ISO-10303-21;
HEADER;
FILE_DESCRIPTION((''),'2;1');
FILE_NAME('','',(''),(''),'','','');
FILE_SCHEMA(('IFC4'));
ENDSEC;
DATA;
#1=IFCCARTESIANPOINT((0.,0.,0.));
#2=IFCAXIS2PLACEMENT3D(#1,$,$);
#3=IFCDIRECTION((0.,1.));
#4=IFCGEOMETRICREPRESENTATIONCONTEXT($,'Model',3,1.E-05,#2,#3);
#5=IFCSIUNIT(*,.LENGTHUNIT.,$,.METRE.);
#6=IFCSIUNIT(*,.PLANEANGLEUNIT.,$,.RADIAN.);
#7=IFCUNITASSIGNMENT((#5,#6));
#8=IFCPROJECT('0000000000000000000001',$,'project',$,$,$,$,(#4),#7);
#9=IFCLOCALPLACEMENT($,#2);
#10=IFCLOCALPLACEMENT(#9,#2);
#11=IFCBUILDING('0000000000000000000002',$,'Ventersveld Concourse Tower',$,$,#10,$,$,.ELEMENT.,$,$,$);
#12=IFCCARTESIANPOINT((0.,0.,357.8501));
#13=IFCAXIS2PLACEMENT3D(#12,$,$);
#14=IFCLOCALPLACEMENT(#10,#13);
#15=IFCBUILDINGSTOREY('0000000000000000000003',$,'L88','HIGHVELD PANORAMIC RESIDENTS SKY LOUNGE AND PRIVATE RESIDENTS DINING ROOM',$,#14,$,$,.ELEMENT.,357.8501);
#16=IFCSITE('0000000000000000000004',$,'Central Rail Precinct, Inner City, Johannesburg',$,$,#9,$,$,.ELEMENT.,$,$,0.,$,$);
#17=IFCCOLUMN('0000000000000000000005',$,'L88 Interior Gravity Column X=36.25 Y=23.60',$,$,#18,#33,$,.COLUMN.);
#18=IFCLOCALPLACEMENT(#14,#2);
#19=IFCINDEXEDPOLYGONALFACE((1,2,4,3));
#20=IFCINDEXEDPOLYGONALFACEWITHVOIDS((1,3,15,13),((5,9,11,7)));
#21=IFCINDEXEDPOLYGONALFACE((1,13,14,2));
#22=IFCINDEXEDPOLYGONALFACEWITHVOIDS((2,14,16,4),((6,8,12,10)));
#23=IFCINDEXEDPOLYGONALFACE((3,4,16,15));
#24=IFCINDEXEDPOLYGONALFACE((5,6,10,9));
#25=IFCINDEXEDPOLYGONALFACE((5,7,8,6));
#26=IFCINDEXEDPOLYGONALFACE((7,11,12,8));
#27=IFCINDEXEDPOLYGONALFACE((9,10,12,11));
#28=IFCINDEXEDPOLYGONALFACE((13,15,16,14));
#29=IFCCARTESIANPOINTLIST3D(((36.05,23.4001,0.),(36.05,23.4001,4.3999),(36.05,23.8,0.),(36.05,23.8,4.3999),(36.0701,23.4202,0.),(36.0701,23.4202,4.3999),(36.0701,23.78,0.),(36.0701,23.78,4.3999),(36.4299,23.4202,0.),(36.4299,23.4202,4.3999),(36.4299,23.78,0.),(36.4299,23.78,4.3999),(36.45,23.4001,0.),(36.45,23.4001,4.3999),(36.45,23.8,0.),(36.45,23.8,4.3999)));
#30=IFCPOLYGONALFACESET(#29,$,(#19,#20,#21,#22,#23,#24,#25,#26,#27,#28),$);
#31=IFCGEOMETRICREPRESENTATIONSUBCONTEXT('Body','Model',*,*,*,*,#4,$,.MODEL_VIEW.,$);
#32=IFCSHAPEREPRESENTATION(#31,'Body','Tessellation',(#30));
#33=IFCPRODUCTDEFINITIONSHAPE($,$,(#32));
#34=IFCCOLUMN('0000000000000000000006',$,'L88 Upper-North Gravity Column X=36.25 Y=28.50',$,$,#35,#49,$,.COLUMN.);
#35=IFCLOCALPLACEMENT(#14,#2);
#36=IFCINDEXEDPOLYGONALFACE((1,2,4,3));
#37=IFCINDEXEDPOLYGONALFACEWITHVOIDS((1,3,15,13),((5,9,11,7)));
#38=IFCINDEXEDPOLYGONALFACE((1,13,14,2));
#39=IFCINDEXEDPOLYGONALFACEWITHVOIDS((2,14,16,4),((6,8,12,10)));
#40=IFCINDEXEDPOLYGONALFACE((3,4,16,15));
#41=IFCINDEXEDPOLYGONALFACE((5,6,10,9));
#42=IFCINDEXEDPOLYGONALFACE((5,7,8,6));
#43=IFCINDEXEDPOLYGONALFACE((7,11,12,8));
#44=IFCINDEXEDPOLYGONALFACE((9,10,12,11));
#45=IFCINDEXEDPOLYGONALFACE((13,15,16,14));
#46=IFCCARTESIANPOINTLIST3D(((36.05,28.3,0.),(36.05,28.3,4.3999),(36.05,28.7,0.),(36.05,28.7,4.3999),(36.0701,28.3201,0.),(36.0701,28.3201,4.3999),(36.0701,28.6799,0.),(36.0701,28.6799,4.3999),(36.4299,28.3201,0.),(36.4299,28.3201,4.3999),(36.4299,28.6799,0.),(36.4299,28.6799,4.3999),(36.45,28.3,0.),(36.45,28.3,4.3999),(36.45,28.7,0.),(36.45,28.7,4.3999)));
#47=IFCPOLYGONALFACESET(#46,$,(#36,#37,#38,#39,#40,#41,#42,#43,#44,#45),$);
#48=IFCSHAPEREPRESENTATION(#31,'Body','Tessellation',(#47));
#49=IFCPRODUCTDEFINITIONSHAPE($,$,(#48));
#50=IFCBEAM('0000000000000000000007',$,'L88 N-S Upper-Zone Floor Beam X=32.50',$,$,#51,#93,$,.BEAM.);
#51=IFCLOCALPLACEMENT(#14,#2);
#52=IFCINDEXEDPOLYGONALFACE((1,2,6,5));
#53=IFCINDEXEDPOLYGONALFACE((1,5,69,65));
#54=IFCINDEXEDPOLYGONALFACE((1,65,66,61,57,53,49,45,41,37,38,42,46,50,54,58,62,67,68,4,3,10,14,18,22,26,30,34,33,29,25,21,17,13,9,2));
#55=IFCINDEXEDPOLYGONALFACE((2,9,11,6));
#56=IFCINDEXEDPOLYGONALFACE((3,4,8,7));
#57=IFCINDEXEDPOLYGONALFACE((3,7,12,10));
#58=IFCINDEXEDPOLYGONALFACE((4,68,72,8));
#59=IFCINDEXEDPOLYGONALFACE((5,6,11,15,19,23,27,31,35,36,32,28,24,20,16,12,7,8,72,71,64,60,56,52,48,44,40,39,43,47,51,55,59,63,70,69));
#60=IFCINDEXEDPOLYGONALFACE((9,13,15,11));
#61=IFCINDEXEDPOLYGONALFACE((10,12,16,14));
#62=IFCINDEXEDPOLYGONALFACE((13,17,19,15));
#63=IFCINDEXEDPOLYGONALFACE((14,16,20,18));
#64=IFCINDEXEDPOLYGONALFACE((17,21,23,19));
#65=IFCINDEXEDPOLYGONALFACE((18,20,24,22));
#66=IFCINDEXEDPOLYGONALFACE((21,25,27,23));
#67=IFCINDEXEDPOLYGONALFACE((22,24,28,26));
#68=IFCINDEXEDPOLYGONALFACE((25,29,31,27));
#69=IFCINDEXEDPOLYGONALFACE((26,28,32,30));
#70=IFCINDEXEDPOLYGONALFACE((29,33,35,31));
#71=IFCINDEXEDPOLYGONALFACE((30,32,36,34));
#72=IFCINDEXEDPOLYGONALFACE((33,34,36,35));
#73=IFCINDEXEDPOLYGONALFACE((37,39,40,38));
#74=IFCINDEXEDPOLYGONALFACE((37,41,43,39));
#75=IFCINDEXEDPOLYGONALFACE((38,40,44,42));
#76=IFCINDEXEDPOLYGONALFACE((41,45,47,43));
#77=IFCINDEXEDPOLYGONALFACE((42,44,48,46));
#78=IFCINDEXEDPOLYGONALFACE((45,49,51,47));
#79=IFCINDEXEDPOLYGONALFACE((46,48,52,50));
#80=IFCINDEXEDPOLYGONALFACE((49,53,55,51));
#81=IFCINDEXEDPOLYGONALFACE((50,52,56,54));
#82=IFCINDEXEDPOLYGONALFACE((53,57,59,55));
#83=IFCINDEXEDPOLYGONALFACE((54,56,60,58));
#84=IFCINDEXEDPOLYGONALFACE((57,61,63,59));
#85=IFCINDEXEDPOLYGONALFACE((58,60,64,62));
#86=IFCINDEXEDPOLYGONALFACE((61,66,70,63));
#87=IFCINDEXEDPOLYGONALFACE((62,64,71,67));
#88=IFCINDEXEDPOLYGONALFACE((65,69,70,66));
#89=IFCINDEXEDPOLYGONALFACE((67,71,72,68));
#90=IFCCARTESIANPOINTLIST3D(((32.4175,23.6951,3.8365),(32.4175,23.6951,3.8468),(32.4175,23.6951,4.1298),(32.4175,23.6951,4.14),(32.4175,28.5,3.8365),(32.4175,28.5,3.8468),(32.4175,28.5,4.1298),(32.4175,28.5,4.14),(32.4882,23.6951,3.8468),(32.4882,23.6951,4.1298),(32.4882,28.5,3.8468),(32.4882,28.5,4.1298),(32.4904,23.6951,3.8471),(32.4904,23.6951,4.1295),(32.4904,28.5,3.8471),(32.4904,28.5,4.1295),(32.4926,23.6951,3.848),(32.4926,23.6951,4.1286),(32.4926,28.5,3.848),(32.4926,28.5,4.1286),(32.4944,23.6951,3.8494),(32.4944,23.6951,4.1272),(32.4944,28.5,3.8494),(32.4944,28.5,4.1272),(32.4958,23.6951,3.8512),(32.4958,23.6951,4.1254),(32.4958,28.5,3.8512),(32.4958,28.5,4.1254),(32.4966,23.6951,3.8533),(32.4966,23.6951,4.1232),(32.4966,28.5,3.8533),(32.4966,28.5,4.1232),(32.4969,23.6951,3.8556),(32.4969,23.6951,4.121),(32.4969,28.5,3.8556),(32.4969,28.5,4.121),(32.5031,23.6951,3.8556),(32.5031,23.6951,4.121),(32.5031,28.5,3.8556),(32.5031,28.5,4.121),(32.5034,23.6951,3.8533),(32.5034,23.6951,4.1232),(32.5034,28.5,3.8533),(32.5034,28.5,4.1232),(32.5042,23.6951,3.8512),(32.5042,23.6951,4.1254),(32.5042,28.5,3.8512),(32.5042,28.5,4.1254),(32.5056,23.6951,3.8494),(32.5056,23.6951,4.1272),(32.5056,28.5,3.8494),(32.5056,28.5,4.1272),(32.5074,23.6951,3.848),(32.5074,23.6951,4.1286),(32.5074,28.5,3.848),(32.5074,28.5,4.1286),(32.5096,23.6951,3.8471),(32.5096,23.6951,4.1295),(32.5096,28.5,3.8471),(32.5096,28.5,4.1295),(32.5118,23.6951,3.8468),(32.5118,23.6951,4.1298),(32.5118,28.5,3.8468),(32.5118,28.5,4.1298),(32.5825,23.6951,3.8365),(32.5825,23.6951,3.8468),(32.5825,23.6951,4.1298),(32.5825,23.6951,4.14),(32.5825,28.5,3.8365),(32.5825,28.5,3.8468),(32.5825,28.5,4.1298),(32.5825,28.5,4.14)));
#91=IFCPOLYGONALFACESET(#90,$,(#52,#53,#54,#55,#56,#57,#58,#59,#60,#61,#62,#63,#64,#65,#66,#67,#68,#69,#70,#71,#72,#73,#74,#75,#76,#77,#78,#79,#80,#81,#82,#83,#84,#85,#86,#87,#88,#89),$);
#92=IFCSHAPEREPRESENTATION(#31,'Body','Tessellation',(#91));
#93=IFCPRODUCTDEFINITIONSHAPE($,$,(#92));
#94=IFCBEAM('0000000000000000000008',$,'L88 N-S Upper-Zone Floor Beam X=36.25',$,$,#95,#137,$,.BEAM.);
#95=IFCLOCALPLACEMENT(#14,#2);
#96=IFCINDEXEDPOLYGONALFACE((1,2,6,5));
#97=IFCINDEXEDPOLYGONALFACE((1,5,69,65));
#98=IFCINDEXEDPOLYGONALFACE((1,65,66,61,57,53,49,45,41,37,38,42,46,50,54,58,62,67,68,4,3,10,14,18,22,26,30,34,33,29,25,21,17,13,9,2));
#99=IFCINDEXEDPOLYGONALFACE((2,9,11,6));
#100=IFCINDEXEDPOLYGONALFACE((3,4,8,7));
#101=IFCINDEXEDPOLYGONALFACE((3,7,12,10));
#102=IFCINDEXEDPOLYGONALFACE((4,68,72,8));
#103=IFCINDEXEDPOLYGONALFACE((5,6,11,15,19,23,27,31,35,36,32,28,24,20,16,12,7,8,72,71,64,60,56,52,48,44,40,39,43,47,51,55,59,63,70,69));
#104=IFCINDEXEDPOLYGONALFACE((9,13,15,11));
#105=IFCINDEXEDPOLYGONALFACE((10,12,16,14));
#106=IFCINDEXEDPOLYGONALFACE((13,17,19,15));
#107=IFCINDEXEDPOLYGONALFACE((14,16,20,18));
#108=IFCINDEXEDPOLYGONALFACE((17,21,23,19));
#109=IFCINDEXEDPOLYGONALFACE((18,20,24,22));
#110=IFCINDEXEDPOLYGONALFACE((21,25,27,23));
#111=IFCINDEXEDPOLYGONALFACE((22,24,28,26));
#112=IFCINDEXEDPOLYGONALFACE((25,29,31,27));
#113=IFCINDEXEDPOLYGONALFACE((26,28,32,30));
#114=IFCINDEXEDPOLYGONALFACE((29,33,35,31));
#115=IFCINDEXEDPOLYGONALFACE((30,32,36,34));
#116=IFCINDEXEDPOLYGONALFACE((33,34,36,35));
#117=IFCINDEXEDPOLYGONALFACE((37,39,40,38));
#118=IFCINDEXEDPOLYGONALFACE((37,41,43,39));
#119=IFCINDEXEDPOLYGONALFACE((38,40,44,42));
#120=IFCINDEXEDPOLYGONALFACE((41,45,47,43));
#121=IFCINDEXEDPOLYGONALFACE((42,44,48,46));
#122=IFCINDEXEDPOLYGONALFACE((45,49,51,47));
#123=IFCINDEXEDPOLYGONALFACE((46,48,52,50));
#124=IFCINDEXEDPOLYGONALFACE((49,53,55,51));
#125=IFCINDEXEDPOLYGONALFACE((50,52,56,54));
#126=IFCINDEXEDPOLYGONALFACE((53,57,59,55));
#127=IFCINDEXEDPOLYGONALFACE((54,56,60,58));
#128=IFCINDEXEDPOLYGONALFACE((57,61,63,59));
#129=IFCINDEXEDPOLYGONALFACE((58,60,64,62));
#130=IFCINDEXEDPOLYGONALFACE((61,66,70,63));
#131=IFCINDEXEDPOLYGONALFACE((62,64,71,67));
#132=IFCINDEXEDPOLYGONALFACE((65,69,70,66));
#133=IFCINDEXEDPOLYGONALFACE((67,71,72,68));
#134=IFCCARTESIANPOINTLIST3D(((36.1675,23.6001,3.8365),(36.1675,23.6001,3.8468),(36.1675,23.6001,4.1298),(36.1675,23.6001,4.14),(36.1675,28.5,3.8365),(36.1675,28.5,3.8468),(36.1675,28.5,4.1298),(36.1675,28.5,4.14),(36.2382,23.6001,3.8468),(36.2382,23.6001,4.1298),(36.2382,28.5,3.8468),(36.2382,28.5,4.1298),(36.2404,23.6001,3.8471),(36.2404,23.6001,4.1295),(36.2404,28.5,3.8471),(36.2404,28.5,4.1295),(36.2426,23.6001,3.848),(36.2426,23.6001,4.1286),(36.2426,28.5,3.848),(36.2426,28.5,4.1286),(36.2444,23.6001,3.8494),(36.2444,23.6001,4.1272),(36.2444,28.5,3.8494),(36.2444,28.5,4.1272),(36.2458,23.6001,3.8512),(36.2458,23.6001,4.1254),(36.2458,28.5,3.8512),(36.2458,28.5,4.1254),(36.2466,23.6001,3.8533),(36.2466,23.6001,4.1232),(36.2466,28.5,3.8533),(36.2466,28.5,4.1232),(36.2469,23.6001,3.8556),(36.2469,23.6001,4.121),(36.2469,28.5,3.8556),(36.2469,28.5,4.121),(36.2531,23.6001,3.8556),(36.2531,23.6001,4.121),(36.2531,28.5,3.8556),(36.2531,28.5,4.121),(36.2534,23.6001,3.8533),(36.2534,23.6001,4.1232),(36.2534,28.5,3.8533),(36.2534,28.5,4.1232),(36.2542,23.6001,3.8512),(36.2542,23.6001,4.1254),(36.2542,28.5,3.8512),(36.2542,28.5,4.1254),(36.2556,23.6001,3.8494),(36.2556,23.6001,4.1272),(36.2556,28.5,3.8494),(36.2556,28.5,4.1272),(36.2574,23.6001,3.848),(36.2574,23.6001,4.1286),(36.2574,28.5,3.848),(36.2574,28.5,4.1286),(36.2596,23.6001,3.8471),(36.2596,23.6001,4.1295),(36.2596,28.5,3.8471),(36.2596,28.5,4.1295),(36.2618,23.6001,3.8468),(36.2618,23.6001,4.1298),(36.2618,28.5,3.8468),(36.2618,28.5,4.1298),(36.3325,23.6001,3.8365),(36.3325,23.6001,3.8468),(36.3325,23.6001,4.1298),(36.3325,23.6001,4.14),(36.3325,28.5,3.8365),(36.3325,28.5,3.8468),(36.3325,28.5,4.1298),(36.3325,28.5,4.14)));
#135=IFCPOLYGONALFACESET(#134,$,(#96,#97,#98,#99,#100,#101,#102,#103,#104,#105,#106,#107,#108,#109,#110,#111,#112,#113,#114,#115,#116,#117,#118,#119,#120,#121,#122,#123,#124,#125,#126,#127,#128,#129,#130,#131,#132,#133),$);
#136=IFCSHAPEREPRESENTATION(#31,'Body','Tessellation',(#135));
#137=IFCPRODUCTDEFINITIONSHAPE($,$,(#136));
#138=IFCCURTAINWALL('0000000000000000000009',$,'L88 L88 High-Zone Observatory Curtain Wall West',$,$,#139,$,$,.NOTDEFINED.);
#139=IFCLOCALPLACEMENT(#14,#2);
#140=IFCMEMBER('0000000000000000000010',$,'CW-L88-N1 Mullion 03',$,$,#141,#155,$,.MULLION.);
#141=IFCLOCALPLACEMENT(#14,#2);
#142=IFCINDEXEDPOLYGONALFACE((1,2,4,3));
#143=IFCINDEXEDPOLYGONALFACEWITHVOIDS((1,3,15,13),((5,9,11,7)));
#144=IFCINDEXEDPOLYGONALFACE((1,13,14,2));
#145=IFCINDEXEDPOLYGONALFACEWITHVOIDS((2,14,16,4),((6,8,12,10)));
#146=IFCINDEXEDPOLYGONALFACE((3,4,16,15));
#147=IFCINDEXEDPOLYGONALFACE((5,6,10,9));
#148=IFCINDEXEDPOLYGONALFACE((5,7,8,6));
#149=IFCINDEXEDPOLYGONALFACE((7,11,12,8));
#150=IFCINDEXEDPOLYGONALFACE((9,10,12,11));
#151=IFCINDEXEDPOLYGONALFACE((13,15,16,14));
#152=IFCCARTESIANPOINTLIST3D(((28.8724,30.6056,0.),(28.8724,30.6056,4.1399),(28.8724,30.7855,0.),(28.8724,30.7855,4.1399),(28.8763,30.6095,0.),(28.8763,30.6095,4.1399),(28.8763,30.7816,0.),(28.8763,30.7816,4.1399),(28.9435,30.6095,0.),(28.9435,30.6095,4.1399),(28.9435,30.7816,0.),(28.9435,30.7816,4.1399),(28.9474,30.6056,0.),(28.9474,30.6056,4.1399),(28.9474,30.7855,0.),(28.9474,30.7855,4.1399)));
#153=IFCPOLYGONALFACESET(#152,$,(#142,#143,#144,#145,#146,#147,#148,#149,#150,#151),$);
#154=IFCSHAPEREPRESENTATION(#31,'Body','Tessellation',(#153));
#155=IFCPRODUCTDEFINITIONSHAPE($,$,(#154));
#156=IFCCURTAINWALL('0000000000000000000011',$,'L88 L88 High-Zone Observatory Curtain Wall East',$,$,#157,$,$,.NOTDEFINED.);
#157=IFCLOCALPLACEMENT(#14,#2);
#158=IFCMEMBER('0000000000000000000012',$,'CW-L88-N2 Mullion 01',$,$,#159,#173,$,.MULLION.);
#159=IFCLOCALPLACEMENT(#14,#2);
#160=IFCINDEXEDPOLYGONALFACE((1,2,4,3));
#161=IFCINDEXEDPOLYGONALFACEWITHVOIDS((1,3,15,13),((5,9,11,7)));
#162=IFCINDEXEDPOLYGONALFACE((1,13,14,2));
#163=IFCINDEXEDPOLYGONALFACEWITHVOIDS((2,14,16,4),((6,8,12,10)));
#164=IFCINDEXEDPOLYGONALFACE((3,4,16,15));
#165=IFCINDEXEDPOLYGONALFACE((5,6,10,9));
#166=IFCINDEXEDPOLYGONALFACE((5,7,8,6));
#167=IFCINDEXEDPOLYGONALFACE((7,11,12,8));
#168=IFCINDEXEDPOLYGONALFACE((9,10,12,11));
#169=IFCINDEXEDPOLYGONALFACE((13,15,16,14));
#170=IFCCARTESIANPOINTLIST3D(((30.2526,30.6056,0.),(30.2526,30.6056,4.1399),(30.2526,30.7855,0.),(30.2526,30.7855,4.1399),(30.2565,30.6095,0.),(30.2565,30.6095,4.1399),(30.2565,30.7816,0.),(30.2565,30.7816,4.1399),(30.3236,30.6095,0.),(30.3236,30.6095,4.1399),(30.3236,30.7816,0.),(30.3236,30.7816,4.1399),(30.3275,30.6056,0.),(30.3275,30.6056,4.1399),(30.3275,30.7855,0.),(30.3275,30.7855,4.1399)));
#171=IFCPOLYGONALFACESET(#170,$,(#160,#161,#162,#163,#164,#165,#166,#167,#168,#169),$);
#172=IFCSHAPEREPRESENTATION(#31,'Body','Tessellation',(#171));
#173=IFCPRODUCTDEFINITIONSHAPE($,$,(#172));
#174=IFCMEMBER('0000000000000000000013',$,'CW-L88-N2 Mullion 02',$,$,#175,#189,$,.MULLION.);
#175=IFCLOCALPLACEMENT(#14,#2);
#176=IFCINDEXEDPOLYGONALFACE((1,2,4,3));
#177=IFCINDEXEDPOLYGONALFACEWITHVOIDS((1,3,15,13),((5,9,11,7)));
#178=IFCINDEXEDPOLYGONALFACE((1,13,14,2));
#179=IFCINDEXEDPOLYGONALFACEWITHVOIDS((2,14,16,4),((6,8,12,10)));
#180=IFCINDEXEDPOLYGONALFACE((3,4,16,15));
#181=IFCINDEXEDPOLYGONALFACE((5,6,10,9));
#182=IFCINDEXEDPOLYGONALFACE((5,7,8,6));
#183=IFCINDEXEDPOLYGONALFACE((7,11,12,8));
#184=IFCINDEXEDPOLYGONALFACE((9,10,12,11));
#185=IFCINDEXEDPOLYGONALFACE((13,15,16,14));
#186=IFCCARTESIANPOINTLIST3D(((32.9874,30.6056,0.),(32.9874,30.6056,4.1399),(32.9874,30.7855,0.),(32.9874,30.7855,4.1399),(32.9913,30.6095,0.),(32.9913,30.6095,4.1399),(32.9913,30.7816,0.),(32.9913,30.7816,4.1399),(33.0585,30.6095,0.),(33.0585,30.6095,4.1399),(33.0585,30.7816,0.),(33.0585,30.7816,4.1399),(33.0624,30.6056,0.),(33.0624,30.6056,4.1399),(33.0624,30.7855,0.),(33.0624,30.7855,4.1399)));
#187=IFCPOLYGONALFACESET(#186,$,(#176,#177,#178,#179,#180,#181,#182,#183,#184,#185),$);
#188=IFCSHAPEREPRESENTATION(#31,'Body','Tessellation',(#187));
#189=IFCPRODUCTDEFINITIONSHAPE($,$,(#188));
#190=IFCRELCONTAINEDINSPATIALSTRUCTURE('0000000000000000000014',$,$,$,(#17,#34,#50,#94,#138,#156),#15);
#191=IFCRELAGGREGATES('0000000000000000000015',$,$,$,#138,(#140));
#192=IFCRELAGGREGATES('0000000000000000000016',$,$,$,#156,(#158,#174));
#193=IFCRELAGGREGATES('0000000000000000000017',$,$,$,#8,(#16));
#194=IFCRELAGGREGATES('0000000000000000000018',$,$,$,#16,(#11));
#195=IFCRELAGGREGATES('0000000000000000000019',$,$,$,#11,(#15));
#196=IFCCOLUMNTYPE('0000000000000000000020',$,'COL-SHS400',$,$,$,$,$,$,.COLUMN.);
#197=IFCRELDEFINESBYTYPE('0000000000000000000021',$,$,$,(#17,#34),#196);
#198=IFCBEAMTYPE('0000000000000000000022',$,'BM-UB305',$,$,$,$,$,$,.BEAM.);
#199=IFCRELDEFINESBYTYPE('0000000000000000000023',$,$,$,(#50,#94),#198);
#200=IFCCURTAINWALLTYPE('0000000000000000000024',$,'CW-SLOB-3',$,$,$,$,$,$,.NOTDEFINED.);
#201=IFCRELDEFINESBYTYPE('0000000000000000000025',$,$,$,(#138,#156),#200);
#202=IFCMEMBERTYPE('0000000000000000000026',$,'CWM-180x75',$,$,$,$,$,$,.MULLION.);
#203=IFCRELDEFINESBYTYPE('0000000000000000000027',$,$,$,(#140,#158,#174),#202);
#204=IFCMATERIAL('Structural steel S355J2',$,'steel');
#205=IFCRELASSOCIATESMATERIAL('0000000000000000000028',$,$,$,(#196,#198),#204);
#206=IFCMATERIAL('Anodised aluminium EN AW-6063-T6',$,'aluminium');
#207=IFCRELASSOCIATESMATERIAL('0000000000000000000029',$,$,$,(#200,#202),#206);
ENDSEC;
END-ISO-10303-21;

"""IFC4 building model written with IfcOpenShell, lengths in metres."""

from ifc_helpers import new_model, si_unit, direction, frame, origin, origin_2d, place, context, subcontext, project, spatial, hollow_rectangle, i_section, extrude, material, material_profile, profile_set, type_object, element, aggregate, save


model = new_model("IFC4")

# Units and contexts
model_context = context("Model", 3, precision=1e-05, world=origin(), true_north=direction((0.0, 1.0)))
body_context = subcontext(model_context, "Body", "Model", "MODEL_VIEW")
ifc_project = project(units=[si_unit("LENGTHUNIT", "METRE"), si_unit("PLANEANGLEUNIT", "RADIAN")], contexts=[model_context])

# Site, building, storey
site_placement = place(None, origin())
site = spatial("IfcSite", under=ifc_project, at=site_placement, Name="Central Rail Precinct, Inner City, Johannesburg", CompositionType="ELEMENT", RefElevation=0.0)
building_placement = place(site_placement, origin())
building = spatial("IfcBuilding", under=site, at=building_placement, Name="Ventersveld Concourse Tower", CompositionType="ELEMENT")
storey_placement = place(building_placement, frame((0.0, 0.0, 357.8501)))
storey = spatial("IfcBuildingStorey", under=building, at=storey_placement, Name="L88", Description="HIGHVELD PANORAMIC RESIDENTS SKY LOUNGE AND PRIVATE RESIDENTS DINING ROOM", CompositionType="ELEMENT", Elevation=357.8501)

# Columns
ifc_material_1 = material(Name="Structural steel S355J2", Category="steel")
ifc_material_profile_1 = material_profile(ifc_material_1, hollow_rectangle(XDim=0.3999, YDim=0.3999, WallThickness=0.02, at=origin_2d()), Name="SHS 400x400x20")
ifc_profile_set_1 = profile_set([ifc_material_profile_1], Name="Structural steel S355J2")
column_type = type_object("IfcColumnType", Name="COL-SHS400", PredefinedType="COLUMN", material=ifc_profile_set_1)
for number, where, z_axis, x_axis, name in (
    (1, (36.25, 23.6001, 0.0), (0.0, 0.0, 1.0), (1.0, 0.0, 0.0), "L88 Interior Gravity Column X=36.25 Y=23.60"),
    (2, (36.25, 28.5, 0.0), (0.0, 0.0, 1.0), (1.0, 0.0, 0.0), "L88 Upper-North Gravity Column X=36.25 Y=28.50"),
):
    element("IfcColumn", number, at=place(storey_placement, frame(where, z_axis=z_axis, x_axis=x_axis)), inside=storey, type_object=column_type, Name=name, PredefinedType="COLUMN", context=body_context, shape_type="SweptSolid", body=[
        extrude(hollow_rectangle(XDim=0.3999, YDim=0.3999, WallThickness=0.02, at=origin_2d()), origin(), (0.0, 0.0, 1.0), 4.3999),
    ])

# Beams
ifc_material_profile_2 = material_profile(ifc_material_1, i_section(OverallWidth=0.165, OverallDepth=0.3035, WebThickness=0.0061, FlangeThickness=0.0103, FilletRadius=0.0088, at=origin_2d()), Name="UB 305x165x40")
ifc_profile_set_2 = profile_set([ifc_material_profile_2], Name="Structural steel S355J2")
beam_type_1 = type_object("IfcBeamType", Name="BM-UB305", PredefinedType="BEAM", material=ifc_profile_set_2)
beam_1_placement = place(storey_placement, frame((32.5, 23.6951, 3.9883), z_axis=(0.0, 1.0, 0.0), x_axis=(-1.0, 0.0, 0.0)))
element("IfcBeam", 3, at=beam_1_placement, inside=storey, type_object=beam_type_1, Name="L88 N-S Upper-Zone Floor Beam X=32.50", PredefinedType="BEAM", context=body_context, shape_type="SweptSolid", body=[
    extrude(i_section(OverallWidth=0.165, OverallDepth=0.3035, WebThickness=0.0061, FlangeThickness=0.0103, FilletRadius=0.0088, at=origin_2d()), origin(), (0.0, 0.0, 1.0), 4.8049),
])
beam_2_placement = place(storey_placement, frame((36.25, 23.6001, 3.9883), z_axis=(0.0, 1.0, 0.0), x_axis=(-1.0, 0.0, 0.0)))
element("IfcBeam", 4, at=beam_2_placement, inside=storey, type_object=beam_type_1, Name="L88 N-S Upper-Zone Floor Beam X=36.25", PredefinedType="BEAM", context=body_context, shape_type="SweptSolid", body=[
    extrude(i_section(OverallWidth=0.165, OverallDepth=0.3035, WebThickness=0.0061, FlangeThickness=0.0103, FilletRadius=0.0088, at=origin_2d()), origin(), (0.0, 0.0, 1.0), 4.8999),
])

# Curtain wall, member
ifc_material_2 = material(Name="Anodised aluminium EN AW-6063-T6", Category="aluminium")
curtain_wall_type = type_object("IfcCurtainWallType", Name="CW-SLOB-3", PredefinedType="NOTDEFINED", material=ifc_material_2)
curtain_wall_1_placement = place(storey_placement, origin())
curtain_wall_1 = element("IfcCurtainWall", 5, at=curtain_wall_1_placement, inside=storey, type_object=curtain_wall_type, Name="L88 L88 High-Zone Observatory Curtain Wall West", PredefinedType="NOTDEFINED")
ifc_material_profile_3 = material_profile(ifc_material_2, hollow_rectangle(XDim=0.075, YDim=0.1799, WallThickness=0.0039, at=origin_2d()), Name="ALU 180x75x4")
ifc_profile_set_3 = profile_set([ifc_material_profile_3], Name="Anodised aluminium EN AW-6063-T6")
member_type_1 = type_object("IfcMemberType", Name="CWM-180x75", PredefinedType="MULLION", material=ifc_profile_set_3)
member_1_placement = place(storey_placement, frame((28.9099, 30.6956, 0.0), z_axis=(0.0, 0.0, 1.0), x_axis=(1.0, 0.0, 0.0)))
member_1 = element("IfcMember", 6, at=member_1_placement, type_object=member_type_1, Name="CW-L88-N1 Mullion 03", PredefinedType="MULLION", context=body_context, shape_type="SweptSolid", body=[
    extrude(hollow_rectangle(XDim=0.075, YDim=0.1799, WallThickness=0.0039, at=origin_2d()), origin(), (0.0, 0.0, 1.0), 4.1399),
])

# Curtain wall, members
curtain_wall_2_placement = place(storey_placement, origin())
curtain_wall_2 = element("IfcCurtainWall", 7, at=curtain_wall_2_placement, inside=storey, type_object=curtain_wall_type, Name="L88 L88 High-Zone Observatory Curtain Wall East", PredefinedType="NOTDEFINED")
member_2_placement = place(storey_placement, frame((30.29, 30.6956, 0.0), z_axis=(0.0, 0.0, 1.0), x_axis=(1.0, 0.0, 0.0)))
member_2 = element("IfcMember", 8, at=member_2_placement, type_object=member_type_1, Name="CW-L88-N2 Mullion 01", PredefinedType="MULLION", context=body_context, shape_type="SweptSolid", body=[
    extrude(hollow_rectangle(XDim=0.075, YDim=0.1799, WallThickness=0.0039, at=origin_2d()), origin(), (0.0, 0.0, 1.0), 4.1399),
])
member_3_placement = place(storey_placement, frame((33.0249, 30.6956, 0.0), z_axis=(0.0, 0.0, 1.0), x_axis=(1.0, 0.0, 0.0)))
member_3 = element("IfcMember", 9, at=member_3_placement, type_object=member_type_1, Name="CW-L88-N2 Mullion 02", PredefinedType="MULLION", context=body_context, shape_type="SweptSolid", body=[
    extrude(hollow_rectangle(XDim=0.075, YDim=0.1799, WallThickness=0.0039, at=origin_2d()), origin(), (0.0, 0.0, 1.0), 4.1399),
])

aggregate(curtain_wall_1, [member_1])
aggregate(curtain_wall_2, [member_2, member_3])

save(model, "model.ifc")
